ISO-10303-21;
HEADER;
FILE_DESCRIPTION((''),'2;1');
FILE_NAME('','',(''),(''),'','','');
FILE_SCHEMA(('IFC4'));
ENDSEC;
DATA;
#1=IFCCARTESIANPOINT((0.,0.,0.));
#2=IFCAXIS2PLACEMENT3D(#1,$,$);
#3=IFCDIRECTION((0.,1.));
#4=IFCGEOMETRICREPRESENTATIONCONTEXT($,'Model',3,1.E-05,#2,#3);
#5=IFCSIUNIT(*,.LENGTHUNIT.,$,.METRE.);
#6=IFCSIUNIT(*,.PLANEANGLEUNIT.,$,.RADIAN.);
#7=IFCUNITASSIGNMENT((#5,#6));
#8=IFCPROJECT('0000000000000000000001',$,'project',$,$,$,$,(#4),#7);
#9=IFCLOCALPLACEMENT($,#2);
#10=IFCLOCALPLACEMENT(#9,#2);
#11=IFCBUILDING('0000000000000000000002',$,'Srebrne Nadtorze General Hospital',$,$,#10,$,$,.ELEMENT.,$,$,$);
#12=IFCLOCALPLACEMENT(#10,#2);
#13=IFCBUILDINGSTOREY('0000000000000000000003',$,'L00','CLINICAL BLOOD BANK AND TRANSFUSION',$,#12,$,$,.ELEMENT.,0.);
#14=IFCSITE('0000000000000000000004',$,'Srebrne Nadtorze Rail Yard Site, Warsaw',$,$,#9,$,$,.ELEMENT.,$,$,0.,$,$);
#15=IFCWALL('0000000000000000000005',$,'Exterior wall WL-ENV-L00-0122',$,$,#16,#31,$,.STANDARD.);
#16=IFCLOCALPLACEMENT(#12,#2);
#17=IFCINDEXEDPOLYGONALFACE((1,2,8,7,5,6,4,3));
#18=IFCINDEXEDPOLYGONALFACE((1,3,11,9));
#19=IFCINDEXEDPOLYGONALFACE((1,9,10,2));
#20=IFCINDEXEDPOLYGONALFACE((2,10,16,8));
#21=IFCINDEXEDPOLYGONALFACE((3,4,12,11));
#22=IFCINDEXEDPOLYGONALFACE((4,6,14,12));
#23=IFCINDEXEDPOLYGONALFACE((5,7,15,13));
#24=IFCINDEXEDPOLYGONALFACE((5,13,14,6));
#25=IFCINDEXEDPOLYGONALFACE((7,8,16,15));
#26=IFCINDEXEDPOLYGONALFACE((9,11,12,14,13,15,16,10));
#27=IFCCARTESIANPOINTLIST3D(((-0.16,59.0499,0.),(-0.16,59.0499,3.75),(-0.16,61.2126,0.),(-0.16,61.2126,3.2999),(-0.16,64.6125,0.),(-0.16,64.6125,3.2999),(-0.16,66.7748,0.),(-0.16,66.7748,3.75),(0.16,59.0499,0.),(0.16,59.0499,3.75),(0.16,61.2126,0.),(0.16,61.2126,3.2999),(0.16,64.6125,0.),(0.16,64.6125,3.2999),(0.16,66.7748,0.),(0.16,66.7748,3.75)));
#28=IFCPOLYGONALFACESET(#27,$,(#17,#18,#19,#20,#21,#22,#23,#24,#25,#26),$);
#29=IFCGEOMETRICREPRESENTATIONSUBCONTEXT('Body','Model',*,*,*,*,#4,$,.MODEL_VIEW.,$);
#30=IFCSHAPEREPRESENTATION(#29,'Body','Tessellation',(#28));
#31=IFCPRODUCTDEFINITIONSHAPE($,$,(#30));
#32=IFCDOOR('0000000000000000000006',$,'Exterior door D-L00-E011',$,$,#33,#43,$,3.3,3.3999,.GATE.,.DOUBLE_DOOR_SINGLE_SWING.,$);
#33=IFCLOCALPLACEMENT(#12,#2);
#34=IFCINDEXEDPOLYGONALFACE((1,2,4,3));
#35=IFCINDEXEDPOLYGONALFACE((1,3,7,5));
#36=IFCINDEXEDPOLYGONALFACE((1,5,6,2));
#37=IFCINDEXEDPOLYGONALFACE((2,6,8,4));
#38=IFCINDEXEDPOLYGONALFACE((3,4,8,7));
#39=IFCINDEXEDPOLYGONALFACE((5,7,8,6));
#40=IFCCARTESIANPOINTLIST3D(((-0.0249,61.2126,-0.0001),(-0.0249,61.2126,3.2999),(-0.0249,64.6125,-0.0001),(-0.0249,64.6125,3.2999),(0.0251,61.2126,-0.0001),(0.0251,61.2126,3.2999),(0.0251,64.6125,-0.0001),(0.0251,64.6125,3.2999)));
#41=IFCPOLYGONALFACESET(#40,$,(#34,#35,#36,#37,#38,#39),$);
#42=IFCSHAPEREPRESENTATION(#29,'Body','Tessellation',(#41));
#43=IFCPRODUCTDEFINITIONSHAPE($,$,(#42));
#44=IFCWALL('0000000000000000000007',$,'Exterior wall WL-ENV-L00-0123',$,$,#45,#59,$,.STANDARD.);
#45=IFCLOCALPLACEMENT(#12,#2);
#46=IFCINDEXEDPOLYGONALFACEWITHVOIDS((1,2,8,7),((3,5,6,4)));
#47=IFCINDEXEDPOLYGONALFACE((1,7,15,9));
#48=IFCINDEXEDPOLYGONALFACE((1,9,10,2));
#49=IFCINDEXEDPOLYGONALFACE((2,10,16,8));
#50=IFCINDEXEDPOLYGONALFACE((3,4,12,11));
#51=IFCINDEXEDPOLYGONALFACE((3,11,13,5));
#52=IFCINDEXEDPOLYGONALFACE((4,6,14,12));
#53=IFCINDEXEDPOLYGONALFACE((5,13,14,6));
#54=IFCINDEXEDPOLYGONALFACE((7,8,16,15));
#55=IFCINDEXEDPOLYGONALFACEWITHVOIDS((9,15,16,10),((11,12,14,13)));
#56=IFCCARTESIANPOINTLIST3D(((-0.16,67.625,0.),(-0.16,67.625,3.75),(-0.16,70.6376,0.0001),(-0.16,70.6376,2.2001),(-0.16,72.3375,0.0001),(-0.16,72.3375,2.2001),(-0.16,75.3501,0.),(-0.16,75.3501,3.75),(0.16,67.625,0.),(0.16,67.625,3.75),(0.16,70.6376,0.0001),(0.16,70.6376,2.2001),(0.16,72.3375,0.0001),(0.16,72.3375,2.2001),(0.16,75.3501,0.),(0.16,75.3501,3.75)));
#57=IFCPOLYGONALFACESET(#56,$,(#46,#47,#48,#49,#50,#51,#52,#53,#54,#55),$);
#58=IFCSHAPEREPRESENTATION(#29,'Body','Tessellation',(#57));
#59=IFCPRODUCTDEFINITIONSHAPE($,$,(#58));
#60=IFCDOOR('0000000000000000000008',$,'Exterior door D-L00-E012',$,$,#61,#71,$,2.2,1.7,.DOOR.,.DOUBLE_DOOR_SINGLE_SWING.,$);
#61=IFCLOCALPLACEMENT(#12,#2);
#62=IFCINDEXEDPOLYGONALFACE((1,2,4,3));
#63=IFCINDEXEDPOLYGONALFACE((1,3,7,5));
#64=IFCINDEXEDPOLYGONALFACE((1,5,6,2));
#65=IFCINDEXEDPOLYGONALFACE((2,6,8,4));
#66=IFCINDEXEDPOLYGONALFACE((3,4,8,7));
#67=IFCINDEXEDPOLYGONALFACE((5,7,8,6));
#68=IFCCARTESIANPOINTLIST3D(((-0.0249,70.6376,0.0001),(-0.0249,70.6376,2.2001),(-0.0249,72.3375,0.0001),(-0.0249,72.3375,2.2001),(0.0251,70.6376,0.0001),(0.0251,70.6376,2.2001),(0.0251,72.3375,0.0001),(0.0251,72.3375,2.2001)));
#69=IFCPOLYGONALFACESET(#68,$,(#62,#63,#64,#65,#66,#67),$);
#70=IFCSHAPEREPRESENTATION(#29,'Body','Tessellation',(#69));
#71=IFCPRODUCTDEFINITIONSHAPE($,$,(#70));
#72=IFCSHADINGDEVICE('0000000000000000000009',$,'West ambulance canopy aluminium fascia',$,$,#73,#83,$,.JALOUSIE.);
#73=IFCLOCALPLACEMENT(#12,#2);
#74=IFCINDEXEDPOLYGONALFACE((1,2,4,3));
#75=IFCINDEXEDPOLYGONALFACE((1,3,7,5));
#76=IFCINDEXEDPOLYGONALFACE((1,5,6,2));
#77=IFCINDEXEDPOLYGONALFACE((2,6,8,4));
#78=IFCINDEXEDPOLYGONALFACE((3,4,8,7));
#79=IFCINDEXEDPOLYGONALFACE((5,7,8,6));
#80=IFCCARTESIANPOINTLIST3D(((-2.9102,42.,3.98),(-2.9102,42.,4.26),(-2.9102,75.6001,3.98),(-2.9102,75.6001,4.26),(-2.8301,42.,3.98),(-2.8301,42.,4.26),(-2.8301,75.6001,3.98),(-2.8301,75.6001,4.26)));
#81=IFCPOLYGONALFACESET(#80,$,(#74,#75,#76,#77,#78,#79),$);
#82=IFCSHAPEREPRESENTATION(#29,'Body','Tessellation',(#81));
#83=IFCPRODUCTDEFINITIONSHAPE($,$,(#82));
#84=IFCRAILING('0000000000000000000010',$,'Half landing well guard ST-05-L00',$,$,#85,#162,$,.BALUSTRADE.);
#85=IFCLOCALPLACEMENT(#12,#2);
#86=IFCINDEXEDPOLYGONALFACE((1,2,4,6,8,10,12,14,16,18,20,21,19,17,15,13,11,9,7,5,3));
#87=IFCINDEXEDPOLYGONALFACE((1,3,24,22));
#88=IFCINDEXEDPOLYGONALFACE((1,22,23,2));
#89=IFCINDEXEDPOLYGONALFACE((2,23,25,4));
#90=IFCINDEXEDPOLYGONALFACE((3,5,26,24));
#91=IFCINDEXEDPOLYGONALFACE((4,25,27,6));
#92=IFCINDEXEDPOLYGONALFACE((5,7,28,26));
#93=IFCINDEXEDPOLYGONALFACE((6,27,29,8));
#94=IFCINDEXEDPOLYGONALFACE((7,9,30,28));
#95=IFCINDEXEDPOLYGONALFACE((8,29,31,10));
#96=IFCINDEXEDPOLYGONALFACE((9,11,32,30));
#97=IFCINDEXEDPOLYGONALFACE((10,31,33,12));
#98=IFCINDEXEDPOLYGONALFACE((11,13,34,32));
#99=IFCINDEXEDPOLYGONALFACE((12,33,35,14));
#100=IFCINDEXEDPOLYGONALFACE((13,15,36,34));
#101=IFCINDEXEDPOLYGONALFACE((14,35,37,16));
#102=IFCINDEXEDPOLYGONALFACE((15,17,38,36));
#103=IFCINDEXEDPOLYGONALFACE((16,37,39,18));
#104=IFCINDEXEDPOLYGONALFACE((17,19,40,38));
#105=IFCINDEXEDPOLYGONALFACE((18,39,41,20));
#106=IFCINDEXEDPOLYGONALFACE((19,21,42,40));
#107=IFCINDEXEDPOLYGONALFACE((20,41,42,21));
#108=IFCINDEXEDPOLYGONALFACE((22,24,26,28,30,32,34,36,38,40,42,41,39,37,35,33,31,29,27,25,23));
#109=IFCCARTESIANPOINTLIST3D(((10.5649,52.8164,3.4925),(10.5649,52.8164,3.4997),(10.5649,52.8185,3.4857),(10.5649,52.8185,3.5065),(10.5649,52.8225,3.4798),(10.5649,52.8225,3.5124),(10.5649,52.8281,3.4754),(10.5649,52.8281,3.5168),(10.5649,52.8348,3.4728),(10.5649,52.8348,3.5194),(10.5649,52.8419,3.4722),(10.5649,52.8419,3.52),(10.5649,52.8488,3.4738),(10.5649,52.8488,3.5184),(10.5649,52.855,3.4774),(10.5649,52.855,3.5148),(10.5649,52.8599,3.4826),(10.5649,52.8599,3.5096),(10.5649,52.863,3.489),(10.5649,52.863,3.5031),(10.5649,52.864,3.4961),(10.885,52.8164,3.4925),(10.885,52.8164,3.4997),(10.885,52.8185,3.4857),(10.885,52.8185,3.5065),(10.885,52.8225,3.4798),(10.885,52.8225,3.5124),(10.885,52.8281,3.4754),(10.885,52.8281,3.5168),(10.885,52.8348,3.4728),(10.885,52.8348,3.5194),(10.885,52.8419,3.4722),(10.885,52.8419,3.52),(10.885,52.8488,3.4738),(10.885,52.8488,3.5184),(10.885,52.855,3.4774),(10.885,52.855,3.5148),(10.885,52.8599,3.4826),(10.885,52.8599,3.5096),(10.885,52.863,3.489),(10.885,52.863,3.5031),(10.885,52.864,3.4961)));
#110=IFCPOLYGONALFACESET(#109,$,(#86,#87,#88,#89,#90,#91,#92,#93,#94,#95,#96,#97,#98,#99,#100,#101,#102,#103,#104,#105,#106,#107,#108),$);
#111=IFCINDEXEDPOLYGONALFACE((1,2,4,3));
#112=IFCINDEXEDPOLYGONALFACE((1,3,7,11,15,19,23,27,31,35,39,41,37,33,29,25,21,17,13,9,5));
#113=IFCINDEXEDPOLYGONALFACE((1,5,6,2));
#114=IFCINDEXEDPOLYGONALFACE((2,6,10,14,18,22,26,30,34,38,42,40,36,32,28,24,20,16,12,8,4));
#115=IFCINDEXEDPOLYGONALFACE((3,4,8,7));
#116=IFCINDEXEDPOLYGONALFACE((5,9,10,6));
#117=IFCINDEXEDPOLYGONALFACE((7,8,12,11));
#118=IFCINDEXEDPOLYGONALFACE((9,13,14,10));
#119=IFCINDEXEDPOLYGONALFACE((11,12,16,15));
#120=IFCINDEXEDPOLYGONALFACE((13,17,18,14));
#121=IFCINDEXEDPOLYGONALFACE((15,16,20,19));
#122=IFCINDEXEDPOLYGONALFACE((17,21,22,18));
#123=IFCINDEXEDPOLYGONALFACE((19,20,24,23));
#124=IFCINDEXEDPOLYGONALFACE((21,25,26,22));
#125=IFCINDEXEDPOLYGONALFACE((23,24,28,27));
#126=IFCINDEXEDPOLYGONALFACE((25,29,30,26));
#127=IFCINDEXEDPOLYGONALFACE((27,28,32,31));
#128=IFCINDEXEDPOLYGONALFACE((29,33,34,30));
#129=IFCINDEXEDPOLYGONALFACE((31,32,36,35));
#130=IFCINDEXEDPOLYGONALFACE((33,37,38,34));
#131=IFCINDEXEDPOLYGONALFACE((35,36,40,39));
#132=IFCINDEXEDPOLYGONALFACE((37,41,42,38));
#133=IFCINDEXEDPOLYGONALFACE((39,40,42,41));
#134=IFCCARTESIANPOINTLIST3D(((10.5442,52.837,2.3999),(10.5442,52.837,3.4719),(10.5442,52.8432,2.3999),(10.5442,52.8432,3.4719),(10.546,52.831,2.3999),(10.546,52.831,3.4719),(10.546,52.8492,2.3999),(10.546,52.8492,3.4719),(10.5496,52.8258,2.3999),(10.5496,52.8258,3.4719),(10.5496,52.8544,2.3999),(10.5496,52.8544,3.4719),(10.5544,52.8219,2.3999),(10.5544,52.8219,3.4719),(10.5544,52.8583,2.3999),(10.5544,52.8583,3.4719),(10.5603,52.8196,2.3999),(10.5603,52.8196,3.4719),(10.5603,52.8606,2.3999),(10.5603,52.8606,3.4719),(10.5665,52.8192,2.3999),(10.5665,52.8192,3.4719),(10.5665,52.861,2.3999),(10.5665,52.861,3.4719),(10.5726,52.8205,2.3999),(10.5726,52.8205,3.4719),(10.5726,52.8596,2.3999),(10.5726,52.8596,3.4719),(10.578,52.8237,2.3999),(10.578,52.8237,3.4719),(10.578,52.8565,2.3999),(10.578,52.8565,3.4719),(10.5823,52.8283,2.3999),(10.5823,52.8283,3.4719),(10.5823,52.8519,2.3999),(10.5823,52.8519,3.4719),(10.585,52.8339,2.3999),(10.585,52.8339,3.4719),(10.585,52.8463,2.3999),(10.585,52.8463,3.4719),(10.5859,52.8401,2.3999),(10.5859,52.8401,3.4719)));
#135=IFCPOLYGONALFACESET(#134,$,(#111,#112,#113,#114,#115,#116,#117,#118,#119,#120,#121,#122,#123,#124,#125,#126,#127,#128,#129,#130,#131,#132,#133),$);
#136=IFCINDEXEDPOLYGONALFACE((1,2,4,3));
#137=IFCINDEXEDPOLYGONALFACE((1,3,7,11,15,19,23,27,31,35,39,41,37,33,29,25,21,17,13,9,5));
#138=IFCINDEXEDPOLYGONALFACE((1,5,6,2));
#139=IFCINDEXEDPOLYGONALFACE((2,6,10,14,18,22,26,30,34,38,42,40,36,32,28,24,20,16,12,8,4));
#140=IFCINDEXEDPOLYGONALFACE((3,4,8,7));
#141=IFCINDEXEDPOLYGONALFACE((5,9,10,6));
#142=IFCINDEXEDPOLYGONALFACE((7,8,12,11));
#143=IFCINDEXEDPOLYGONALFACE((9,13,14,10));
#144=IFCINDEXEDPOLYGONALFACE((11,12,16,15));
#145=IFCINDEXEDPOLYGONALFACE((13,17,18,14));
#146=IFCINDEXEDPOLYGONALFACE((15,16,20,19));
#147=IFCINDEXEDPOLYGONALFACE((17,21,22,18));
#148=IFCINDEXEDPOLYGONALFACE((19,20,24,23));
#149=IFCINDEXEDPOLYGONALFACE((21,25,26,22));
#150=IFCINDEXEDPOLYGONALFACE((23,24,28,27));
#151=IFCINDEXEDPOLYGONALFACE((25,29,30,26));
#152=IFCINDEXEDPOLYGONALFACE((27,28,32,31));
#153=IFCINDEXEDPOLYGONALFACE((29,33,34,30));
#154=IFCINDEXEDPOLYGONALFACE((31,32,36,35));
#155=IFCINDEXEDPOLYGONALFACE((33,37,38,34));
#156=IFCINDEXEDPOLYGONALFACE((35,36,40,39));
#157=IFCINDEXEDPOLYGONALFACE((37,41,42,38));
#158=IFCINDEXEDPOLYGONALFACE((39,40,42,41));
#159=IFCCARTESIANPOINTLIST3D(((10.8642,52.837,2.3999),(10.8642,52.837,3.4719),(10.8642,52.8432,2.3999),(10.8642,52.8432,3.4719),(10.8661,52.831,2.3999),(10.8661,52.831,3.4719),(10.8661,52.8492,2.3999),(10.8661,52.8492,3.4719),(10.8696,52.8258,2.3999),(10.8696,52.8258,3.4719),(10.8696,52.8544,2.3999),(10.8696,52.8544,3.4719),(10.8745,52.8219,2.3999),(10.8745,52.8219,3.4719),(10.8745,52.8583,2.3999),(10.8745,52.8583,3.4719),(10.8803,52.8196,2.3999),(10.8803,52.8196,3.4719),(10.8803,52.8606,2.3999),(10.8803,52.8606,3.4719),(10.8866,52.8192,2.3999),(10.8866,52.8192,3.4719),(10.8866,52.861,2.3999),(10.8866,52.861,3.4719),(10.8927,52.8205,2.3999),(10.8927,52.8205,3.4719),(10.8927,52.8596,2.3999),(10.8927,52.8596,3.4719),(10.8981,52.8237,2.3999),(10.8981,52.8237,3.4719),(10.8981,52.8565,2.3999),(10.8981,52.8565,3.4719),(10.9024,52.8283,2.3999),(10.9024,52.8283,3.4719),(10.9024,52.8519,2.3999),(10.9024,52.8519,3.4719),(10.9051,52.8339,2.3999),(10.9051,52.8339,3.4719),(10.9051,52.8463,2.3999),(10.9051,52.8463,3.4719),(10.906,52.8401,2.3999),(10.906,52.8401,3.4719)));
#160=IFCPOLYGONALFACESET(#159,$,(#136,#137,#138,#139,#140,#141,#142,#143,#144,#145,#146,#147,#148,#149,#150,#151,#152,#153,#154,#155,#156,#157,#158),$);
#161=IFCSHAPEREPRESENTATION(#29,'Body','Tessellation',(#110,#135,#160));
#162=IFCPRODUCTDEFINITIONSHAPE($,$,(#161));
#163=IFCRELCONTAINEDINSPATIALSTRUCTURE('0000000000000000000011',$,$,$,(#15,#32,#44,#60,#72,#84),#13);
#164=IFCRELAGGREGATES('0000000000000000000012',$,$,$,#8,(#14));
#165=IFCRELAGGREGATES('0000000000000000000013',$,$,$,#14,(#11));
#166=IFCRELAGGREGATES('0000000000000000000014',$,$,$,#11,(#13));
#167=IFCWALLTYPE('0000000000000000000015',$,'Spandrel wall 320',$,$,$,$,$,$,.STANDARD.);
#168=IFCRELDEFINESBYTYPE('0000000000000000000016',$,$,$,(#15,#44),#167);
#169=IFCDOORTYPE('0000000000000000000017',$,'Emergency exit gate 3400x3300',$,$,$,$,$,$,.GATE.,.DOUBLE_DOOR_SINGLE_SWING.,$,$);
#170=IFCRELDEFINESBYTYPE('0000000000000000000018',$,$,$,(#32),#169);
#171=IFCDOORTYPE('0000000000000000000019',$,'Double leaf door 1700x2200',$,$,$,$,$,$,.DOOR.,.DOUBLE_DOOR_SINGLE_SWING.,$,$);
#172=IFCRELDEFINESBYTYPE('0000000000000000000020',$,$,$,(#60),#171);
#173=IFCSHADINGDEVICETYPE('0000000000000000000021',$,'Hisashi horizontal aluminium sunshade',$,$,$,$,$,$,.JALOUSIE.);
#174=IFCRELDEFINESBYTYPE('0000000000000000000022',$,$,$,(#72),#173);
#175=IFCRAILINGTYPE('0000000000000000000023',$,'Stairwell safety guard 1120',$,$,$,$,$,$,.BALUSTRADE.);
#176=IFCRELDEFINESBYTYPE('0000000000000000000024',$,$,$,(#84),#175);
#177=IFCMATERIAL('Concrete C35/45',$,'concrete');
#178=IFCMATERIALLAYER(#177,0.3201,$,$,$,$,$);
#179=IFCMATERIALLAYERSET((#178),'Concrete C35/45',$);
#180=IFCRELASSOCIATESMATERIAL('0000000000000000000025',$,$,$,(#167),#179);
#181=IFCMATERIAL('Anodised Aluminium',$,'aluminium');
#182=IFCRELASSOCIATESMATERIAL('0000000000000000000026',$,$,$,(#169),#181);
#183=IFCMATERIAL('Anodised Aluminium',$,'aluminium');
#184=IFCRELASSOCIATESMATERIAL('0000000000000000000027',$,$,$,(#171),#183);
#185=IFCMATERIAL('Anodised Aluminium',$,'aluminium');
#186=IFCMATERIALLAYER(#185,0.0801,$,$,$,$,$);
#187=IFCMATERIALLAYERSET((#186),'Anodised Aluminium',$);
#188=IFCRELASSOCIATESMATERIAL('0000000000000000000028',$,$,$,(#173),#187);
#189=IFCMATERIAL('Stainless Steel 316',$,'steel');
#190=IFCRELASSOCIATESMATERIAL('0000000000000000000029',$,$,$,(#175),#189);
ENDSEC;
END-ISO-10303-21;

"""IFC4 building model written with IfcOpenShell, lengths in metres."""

from ifc_helpers import new_model, si_unit, direction, frame, frame_2d, origin, origin_2d, place, context, subcontext, project, spatial, rectangle, circle, extrude, material, layer, layer_set, type_object, element, fill, save


model = new_model("IFC4")

# Units and contexts
model_context = context("Model", 3, precision=1e-05, world=origin(), true_north=direction((0.0, 1.0)))
body_context = subcontext(model_context, "Body", "Model", "MODEL_VIEW")
ifc_project = project(units=[si_unit("LENGTHUNIT", "METRE"), si_unit("PLANEANGLEUNIT", "RADIAN")], contexts=[model_context])

# Site, building, storey
site_placement = place(None, origin())
site = spatial("IfcSite", under=ifc_project, at=site_placement, Name="Srebrne Nadtorze Rail Yard Site, Warsaw", CompositionType="ELEMENT", RefElevation=0.0)
building_placement = place(site_placement, origin())
building = spatial("IfcBuilding", under=site, at=building_placement, Name="Srebrne Nadtorze General Hospital", CompositionType="ELEMENT")
storey_placement = place(building_placement, origin())
storey = spatial("IfcBuildingStorey", under=building, at=storey_placement, Name="L00", Description="CLINICAL BLOOD BANK AND TRANSFUSION", CompositionType="ELEMENT", Elevation=0.0)

# Walls, openings, doors
ifc_material_1 = material(Name="Concrete C35/45", Category="concrete")
ifc_layer_1 = layer(ifc_material_1, 0.3201)
ifc_layer_set_1 = layer_set([ifc_layer_1], Name="Concrete C35/45")
wall_type_1 = type_object("IfcWallType", Name="Spandrel wall 320", PredefinedType="STANDARD", material=ifc_layer_set_1)
wall_1_placement = place(storey_placement, frame((0.0, 59.05, 0.0), z_axis=(0.0, 0.0, 1.0), x_axis=(0.0, 1.0, 0.0)))
wall_1 = element("IfcWall", 1, at=wall_1_placement, inside=storey, type_object=wall_type_1, Name="Exterior wall WL-ENV-L00-0122", PredefinedType="STANDARD", context=body_context, shape_type="SweptSolid", body=[
    extrude(rectangle(XDim=7.7249, YDim=0.3201, at=frame_2d((3.8623, 0.0))), origin(), (0.0, 0.0, 1.0), 3.75),
])
opening_1_placement = place(wall_1_placement, frame((2.1626, 0.0, 0.0)))
opening_1 = element("IfcOpeningElement", 2, at=opening_1_placement, cuts=wall_1, PredefinedType="OPENING", context=body_context, shape_type="SweptSolid", body=[
    extrude(rectangle(XDim=3.3999, YDim=3.3, at=frame_2d((1.7, 1.6499))), frame((0.0, 0.1719, 0.0), z_axis=(0.0, -1.0, 0.0), x_axis=(1.0, 0.0, 0.0)), (0.0, 0.0, 1.0), 0.344),
])
ifc_material_2 = material(Name="Anodised Aluminium", Category="aluminium")
door_type_1 = type_object("IfcDoorType", Name="Emergency exit gate 3400x3300", OperationType="DOUBLE_DOOR_SINGLE_SWING", PredefinedType="GATE", material=ifc_material_2)
door_1_placement = place(opening_1_placement, origin())
door_1 = element("IfcDoor", 3, at=door_1_placement, inside=storey, type_object=door_type_1, Name="Exterior door D-L00-E011", OperationType="DOUBLE_DOOR_SINGLE_SWING", OverallHeight=3.3, OverallWidth=3.3999, PredefinedType="GATE", context=body_context, shape_type="SweptSolid", body=[
    extrude(rectangle(XDim=3.3999, YDim=3.3, at=frame_2d((1.7, 1.6499))), frame((0.0, 0.0249, 0.0), z_axis=(0.0, -1.0, 0.0), x_axis=(1.0, 0.0, 0.0)), (0.0, 0.0, 1.0), 0.05),
])
fill(opening_1, door_1)
wall_2_placement = place(storey_placement, frame((0.0, 67.625, 0.0), z_axis=(0.0, 0.0, 1.0), x_axis=(0.0, 1.0, 0.0)))
wall_2 = element("IfcWall", 4, at=wall_2_placement, inside=storey, type_object=wall_type_1, Name="Exterior wall WL-ENV-L00-0123", PredefinedType="STANDARD", context=body_context, shape_type="SweptSolid", body=[
    extrude(rectangle(XDim=7.7251, YDim=0.3201, at=frame_2d((3.8625, 0.0))), origin(), (0.0, 0.0, 1.0), 3.75),
])
opening_2_placement = place(wall_2_placement, frame((3.0125, 0.0, 0.0)))
opening_2 = element("IfcOpeningElement", 5, at=opening_2_placement, cuts=wall_2, PredefinedType="OPENING", context=body_context, shape_type="SweptSolid", body=[
    extrude(rectangle(XDim=1.7, YDim=2.2, at=frame_2d((0.8501, 1.1001))), frame((0.0, 0.1719, 0.0), z_axis=(0.0, -1.0, 0.0), x_axis=(1.0, 0.0, 0.0)), (0.0, 0.0, 1.0), 0.344),
])
ifc_material_3 = material(Name="Anodised Aluminium", Category="aluminium")
door_type_2 = type_object("IfcDoorType", Name="Double leaf door 1700x2200", OperationType="DOUBLE_DOOR_SINGLE_SWING", PredefinedType="DOOR", material=ifc_material_3)
door_2_placement = place(opening_2_placement, origin())
door_2 = element("IfcDoor", 6, at=door_2_placement, inside=storey, type_object=door_type_2, Name="Exterior door D-L00-E012", OperationType="DOUBLE_DOOR_SINGLE_SWING", OverallHeight=2.2, OverallWidth=1.7, PredefinedType="DOOR", context=body_context, shape_type="SweptSolid", body=[
    extrude(rectangle(XDim=1.7, YDim=2.2, at=frame_2d((0.8501, 1.1001))), frame((0.0, 0.0249, 0.0), z_axis=(0.0, -1.0, 0.0), x_axis=(1.0, 0.0, 0.0)), (0.0, 0.0, 1.0), 0.05),
])
fill(opening_2, door_2)

# Shading device
ifc_material_4 = material(Name="Anodised Aluminium", Category="aluminium")
ifc_layer_2 = layer(ifc_material_4, 0.0801)
ifc_layer_set_2 = layer_set([ifc_layer_2], Name="Anodised Aluminium")
shading_device_type = type_object("IfcShadingDeviceType", Name="Hisashi horizontal aluminium sunshade", PredefinedType="JALOUSIE", material=ifc_layer_set_2)
shading_device_placement = place(storey_placement, frame((-2.8701, 58.8, 3.98), z_axis=(0.0, 0.0, 1.0), x_axis=(1.0, 0.0, 0.0)))
element("IfcShadingDevice", 7, at=shading_device_placement, inside=storey, type_object=shading_device_type, Name="West ambulance canopy aluminium fascia", PredefinedType="JALOUSIE", context=body_context, shape_type="SweptSolid", body=[
    extrude(rectangle(XDim=0.0801, YDim=33.6001, at=origin_2d()), origin(), (0.0, 0.0, 1.0), 0.28),
])

# Railing
ifc_material_5 = material(Name="Stainless Steel 316", Category="steel")
railing_type = type_object("IfcRailingType", Name="Stairwell safety guard 1120", PredefinedType="BALUSTRADE", material=ifc_material_5)
railing_placement = place(storey_placement, frame((10.5649, 52.8401, 2.3999)))
element("IfcRailing", 8, at=railing_placement, inside=storey, type_object=railing_type, Name="Half landing well guard ST-05-L00", PredefinedType="BALUSTRADE", context=body_context, shape_type="SweptSolid", body=[
    extrude(circle(Radius=0.0239, at=origin_2d()), frame((0.0, 0.0, 1.0962), z_axis=(1.0, 0.0, 0.0), x_axis=(0.0, 1.0, 0.0)), (0.0, 0.0, 1.0), 0.3201),
    extrude(circle(Radius=0.021, at=origin_2d()), origin(), (0.0, 0.0, 1.0), 1.072),
    extrude(circle(Radius=0.021, at=origin_2d()), frame((0.3201, 0.0, 0.0)), (0.0, 0.0, 1.0), 1.072),
])

save(model, "model.ifc")
